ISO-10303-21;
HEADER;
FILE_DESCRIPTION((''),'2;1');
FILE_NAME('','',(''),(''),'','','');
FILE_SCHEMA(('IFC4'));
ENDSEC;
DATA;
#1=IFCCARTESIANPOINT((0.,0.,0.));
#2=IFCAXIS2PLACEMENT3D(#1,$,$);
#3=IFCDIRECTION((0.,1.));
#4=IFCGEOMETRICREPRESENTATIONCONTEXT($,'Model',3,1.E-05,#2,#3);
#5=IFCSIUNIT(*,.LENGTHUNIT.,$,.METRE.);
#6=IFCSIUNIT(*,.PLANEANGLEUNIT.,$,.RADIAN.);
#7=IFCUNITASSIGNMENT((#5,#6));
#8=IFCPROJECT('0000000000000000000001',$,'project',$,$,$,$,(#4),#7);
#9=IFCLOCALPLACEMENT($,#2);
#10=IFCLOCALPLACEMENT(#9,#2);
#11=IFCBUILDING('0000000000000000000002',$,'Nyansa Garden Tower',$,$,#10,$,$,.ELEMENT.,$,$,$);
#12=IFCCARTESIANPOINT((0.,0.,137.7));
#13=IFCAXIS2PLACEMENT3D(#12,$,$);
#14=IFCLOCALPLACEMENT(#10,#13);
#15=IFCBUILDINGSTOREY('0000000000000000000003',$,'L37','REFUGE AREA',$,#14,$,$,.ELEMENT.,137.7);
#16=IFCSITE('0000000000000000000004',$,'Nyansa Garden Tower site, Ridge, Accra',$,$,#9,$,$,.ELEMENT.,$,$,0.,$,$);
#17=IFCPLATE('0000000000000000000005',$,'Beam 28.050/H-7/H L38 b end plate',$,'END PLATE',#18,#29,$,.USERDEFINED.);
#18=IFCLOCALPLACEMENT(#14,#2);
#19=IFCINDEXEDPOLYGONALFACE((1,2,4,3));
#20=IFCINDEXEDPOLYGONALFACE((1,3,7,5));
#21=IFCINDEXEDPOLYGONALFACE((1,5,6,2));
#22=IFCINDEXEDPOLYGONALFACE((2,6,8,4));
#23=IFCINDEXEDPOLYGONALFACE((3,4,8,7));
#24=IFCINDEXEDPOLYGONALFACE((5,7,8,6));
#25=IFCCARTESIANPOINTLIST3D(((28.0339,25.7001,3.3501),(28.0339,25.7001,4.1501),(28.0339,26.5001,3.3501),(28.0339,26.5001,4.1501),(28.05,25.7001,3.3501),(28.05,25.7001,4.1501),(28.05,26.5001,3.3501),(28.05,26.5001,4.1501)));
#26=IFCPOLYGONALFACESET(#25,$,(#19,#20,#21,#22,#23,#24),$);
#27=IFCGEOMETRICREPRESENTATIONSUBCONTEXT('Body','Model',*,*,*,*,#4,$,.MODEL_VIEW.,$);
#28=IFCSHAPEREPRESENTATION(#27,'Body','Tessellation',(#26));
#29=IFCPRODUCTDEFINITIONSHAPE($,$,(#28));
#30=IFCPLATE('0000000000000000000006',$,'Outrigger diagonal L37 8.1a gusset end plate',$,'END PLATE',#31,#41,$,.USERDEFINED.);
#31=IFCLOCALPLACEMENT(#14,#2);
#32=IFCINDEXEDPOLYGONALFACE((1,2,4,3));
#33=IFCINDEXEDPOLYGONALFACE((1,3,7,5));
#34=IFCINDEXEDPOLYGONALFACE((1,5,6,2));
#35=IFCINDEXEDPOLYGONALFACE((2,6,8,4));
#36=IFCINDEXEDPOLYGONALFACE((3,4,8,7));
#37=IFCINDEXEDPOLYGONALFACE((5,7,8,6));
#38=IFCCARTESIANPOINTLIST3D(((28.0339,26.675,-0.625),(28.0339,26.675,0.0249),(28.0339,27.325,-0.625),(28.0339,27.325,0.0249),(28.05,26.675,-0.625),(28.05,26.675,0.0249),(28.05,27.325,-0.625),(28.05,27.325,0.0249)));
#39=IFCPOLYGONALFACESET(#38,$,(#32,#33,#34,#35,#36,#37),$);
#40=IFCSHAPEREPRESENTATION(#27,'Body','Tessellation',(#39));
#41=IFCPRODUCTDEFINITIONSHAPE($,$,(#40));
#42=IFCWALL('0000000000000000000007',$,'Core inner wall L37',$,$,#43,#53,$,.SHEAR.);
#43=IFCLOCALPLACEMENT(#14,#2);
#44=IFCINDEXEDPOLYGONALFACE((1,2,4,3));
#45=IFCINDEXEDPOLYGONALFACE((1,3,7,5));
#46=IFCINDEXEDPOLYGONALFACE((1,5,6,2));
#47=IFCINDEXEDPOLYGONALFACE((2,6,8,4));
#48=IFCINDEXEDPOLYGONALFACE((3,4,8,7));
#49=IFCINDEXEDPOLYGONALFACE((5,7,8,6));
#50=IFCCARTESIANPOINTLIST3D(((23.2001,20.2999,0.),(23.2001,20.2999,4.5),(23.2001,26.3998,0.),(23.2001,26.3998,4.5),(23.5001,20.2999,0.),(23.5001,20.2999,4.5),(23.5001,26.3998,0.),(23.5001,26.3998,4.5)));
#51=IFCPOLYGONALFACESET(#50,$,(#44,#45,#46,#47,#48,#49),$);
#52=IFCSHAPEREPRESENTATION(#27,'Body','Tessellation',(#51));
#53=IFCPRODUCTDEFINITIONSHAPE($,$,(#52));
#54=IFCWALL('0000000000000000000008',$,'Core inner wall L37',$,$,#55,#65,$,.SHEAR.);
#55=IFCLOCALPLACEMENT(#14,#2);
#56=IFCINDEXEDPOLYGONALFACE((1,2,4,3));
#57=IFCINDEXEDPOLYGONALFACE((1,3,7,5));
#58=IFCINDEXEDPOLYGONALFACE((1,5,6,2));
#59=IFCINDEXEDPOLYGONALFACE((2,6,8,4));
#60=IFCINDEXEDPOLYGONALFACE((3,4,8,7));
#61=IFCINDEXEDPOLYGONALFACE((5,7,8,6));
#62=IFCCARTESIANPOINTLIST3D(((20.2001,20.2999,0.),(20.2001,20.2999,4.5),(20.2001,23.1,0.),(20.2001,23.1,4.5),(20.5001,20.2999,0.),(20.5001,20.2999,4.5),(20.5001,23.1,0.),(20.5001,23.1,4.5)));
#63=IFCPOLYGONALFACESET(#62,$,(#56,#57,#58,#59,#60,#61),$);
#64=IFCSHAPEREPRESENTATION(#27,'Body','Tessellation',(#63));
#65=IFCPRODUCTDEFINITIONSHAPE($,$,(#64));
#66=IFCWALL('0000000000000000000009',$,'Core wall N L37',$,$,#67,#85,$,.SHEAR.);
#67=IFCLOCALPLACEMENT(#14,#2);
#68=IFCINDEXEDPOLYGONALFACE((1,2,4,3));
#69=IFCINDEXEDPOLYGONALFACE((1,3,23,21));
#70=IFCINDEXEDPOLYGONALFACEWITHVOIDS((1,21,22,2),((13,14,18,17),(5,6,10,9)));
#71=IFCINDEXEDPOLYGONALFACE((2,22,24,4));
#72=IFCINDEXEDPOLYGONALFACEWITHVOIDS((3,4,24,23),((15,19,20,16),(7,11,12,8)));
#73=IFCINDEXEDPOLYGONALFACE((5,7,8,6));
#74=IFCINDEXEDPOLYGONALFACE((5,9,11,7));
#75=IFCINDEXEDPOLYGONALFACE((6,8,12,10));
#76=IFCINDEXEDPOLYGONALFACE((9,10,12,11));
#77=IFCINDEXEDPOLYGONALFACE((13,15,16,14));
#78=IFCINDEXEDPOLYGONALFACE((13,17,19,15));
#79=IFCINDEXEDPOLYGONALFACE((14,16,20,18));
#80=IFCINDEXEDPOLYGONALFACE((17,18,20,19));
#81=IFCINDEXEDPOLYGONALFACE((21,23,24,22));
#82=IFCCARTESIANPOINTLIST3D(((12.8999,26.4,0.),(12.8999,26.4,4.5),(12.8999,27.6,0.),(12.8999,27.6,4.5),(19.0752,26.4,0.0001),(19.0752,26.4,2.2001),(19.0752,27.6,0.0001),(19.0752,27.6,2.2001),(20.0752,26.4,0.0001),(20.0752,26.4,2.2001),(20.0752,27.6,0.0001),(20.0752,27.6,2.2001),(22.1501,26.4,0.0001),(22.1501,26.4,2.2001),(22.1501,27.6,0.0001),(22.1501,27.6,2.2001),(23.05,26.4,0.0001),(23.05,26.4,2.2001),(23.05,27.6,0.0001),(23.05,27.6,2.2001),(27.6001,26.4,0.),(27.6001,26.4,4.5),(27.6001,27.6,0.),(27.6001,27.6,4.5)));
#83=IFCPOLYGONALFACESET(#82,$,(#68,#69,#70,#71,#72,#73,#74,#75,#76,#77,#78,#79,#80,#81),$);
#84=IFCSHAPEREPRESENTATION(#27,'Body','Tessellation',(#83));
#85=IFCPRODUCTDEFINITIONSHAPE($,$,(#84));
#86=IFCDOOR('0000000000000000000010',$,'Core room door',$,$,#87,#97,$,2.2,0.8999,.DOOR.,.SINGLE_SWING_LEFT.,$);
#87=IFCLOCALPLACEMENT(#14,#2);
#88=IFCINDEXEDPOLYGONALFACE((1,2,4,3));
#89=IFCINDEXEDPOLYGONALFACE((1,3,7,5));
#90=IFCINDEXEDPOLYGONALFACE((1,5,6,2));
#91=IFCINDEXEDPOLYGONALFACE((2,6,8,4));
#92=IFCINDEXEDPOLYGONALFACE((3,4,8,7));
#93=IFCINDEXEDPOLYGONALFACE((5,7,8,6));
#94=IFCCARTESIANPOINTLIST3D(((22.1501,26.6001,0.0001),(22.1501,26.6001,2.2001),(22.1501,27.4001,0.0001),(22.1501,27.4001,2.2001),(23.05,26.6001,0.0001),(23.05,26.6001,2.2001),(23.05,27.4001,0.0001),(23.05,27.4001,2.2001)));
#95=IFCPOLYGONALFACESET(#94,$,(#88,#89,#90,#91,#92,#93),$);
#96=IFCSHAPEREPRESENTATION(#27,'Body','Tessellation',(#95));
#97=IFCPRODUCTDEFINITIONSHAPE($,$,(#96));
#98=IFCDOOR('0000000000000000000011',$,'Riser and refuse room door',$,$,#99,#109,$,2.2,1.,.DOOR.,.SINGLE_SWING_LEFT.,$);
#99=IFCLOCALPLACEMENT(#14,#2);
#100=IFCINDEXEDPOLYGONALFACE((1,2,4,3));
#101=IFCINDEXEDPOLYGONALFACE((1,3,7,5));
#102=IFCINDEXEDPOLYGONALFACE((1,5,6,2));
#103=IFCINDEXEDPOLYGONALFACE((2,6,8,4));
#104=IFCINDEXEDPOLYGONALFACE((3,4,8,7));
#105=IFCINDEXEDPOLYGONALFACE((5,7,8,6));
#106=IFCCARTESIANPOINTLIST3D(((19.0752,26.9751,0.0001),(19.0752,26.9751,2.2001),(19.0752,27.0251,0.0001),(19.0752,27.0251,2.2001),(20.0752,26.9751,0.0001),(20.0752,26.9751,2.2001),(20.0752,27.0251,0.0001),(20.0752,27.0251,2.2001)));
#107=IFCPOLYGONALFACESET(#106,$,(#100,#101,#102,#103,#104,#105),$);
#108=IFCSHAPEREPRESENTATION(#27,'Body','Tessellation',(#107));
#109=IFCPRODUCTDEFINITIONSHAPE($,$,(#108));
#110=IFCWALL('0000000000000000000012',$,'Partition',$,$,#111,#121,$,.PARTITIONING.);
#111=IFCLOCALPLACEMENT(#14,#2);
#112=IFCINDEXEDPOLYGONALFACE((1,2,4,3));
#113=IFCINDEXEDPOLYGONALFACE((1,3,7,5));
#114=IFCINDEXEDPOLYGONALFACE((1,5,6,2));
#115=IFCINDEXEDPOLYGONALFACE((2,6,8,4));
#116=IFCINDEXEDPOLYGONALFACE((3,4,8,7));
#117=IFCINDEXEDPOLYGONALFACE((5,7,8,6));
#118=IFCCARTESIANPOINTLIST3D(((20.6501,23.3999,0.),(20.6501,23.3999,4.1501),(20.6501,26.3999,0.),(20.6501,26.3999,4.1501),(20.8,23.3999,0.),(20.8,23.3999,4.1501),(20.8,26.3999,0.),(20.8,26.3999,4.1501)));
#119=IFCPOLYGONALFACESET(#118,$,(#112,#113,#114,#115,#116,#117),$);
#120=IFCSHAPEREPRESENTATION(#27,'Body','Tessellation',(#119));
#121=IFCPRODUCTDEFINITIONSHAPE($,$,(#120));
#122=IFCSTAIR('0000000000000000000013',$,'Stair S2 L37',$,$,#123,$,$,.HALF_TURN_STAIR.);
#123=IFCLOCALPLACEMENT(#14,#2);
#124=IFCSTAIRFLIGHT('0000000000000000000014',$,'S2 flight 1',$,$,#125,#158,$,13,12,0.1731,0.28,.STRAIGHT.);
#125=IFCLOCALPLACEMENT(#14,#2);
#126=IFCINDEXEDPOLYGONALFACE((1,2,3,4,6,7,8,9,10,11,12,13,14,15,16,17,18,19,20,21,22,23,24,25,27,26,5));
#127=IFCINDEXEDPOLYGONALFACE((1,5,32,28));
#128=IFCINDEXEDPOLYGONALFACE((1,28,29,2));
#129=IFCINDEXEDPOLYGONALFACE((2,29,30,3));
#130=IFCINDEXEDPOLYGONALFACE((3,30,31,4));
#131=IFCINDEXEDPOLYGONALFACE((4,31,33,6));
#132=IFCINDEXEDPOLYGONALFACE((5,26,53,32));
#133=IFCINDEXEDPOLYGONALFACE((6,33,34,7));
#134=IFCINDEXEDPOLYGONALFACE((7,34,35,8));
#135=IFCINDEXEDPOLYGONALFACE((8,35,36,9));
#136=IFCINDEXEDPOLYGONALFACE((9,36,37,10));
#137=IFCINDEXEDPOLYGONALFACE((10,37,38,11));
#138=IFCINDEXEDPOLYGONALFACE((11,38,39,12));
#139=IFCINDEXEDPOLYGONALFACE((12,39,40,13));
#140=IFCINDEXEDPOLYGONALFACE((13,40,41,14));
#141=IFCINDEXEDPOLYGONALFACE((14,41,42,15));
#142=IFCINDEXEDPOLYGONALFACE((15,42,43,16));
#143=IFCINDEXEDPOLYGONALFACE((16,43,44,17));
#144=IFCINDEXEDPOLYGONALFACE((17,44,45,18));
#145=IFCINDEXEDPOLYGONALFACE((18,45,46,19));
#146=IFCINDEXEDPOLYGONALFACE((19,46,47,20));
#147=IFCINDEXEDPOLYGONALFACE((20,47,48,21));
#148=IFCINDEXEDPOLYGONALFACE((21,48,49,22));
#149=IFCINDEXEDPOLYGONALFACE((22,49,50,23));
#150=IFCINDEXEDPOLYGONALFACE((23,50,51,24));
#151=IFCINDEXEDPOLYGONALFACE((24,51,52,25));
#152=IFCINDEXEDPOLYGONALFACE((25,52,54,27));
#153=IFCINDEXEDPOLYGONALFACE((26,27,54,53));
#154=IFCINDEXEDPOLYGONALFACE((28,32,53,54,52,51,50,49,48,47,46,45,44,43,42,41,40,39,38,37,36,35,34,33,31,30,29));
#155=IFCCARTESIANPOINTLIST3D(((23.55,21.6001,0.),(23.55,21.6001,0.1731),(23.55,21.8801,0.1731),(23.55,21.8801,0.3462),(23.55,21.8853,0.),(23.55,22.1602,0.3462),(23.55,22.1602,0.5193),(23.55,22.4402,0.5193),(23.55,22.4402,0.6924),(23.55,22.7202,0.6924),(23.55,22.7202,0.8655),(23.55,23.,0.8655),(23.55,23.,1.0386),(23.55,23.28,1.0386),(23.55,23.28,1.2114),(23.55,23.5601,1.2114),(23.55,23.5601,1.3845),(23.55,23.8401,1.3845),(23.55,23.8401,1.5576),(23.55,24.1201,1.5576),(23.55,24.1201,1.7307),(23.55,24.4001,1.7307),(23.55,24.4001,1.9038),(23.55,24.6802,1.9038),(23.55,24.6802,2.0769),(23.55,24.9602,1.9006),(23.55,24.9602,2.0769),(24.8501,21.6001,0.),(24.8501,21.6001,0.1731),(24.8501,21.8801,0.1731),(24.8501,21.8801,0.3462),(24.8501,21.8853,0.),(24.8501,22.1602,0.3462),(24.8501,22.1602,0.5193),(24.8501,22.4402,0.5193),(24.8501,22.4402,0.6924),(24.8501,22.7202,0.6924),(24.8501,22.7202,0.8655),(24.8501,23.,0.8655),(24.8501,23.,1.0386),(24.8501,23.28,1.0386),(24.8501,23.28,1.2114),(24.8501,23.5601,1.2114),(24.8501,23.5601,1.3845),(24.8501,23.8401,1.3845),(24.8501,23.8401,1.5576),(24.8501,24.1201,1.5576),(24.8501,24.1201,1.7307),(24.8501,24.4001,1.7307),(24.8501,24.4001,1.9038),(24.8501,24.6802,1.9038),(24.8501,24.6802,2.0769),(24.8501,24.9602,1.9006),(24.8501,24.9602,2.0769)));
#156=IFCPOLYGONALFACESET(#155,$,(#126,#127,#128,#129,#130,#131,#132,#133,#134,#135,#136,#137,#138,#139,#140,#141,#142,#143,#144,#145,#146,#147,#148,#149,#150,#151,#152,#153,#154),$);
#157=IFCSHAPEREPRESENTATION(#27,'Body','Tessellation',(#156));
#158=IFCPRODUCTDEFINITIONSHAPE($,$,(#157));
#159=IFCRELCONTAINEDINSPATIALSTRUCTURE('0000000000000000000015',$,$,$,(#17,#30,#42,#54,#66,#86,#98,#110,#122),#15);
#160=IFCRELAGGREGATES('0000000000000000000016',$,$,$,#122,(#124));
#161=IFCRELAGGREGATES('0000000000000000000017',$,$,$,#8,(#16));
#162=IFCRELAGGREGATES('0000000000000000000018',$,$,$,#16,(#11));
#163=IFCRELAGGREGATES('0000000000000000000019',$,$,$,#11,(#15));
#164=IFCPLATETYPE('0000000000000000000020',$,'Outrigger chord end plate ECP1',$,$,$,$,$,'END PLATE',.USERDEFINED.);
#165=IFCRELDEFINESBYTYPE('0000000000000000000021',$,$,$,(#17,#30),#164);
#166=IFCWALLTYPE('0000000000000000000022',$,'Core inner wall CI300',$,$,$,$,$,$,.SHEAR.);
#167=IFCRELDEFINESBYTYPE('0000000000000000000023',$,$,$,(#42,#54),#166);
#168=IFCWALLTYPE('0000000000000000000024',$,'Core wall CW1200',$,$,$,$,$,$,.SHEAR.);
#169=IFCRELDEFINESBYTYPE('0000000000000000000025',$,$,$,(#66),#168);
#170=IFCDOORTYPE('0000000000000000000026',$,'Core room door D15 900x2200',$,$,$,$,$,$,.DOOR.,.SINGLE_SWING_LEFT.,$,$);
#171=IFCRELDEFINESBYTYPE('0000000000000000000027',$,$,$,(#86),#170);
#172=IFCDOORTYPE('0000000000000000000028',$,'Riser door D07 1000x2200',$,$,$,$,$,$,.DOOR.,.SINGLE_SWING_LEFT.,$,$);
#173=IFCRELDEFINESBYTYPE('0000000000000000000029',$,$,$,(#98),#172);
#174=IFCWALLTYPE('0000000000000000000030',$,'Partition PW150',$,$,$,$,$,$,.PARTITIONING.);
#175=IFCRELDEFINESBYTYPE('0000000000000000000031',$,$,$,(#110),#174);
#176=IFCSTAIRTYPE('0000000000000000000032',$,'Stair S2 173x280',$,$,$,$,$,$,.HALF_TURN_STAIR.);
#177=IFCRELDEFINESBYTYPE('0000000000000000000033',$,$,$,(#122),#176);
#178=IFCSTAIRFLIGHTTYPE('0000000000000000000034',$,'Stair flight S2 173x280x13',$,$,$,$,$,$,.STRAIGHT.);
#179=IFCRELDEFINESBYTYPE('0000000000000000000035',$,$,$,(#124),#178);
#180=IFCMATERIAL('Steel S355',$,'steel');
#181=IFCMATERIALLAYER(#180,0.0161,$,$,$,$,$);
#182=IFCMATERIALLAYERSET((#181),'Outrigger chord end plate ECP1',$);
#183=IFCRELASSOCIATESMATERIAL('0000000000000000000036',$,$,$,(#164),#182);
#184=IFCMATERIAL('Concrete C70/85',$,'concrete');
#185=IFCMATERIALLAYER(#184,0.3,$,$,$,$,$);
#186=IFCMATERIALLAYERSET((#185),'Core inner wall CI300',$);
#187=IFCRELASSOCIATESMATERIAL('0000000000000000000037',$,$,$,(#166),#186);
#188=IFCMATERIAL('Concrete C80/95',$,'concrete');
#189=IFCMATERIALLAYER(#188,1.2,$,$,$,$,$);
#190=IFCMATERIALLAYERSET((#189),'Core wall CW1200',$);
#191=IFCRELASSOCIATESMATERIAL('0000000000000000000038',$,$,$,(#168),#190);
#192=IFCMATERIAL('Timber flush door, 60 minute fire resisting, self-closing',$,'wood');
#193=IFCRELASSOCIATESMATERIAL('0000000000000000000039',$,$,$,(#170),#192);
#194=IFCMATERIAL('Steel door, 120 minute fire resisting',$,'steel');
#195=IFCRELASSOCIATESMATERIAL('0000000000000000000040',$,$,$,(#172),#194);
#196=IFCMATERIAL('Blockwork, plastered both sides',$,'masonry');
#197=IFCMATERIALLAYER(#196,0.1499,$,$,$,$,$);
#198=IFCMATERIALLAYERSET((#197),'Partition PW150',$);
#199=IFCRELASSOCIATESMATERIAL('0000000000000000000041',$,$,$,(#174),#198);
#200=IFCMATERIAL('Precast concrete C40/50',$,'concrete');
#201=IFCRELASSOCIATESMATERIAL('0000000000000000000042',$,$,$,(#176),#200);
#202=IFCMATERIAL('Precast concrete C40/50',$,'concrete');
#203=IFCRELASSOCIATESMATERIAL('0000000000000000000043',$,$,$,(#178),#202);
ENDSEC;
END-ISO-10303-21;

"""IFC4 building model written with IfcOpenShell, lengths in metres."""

from ifc_helpers import new_model, si_unit, direction, frame, frame_2d, origin, origin_2d, place, context, subcontext, project, spatial, polyline, rectangle, outline, extrude, material, layer, layer_set, type_object, element, fill, aggregate, save


model = new_model("IFC4")

# Units and contexts
model_context = context("Model", 3, precision=1e-05, world=origin(), true_north=direction((0.0, 1.0)))
body_context = subcontext(model_context, "Body", "Model", "MODEL_VIEW")
ifc_project = project(units=[si_unit("LENGTHUNIT", "METRE"), si_unit("PLANEANGLEUNIT", "RADIAN")], contexts=[model_context])

# Site, building, storey
site_placement = place(None, origin())
site = spatial("IfcSite", under=ifc_project, at=site_placement, Name="Nyansa Garden Tower site, Ridge, Accra", CompositionType="ELEMENT", RefElevation=0.0)
building_placement = place(site_placement, origin())
building = spatial("IfcBuilding", under=site, at=building_placement, Name="Nyansa Garden Tower", CompositionType="ELEMENT")
storey_placement = place(building_placement, frame((0.0, 0.0, 137.7)))
storey = spatial("IfcBuildingStorey", under=building, at=storey_placement, Name="L37", Description="REFUGE AREA", CompositionType="ELEMENT", Elevation=137.7)

# Plates
ifc_material_1 = material(Name="Steel S355", Category="steel")
ifc_layer_1 = layer(ifc_material_1, 0.0161)
ifc_layer_set_1 = layer_set([ifc_layer_1], Name="Outrigger chord end plate ECP1")
plate_type = type_object("IfcPlateType", Name="Outrigger chord end plate ECP1", ElementType="END PLATE", PredefinedType="USERDEFINED", material=ifc_layer_set_1)
plate_1_placement = place(storey_placement, frame((28.042, 26.1001, 3.3501), z_axis=(0.0, 0.0, 1.0), x_axis=(1.0, 0.0, 0.0)))
element("IfcPlate", 1, at=plate_1_placement, inside=storey, type_object=plate_type, Name="Beam 28.050/H-7/H L38 b end plate", ObjectType="END PLATE", PredefinedType="USERDEFINED", context=body_context, shape_type="SweptSolid", body=[
    extrude(rectangle(XDim=0.0161, YDim=0.8, at=origin_2d()), origin(), (0.0, 0.0, 1.0), 0.8),
])
plate_2_placement = place(storey_placement, frame((28.042, 27.0, -0.625), z_axis=(0.0, 0.0, 1.0), x_axis=(1.0, 0.0, 0.0)))
element("IfcPlate", 2, at=plate_2_placement, inside=storey, type_object=plate_type, Name="Outrigger diagonal L37 8.1a gusset end plate", ObjectType="END PLATE", PredefinedType="USERDEFINED", context=body_context, shape_type="SweptSolid", body=[
    extrude(rectangle(XDim=0.0161, YDim=0.6499, at=origin_2d()), origin(), (0.0, 0.0, 1.0), 0.6499),
])

# Walls
ifc_material_2 = material(Name="Concrete C70/85", Category="concrete")
ifc_layer_2 = layer(ifc_material_2, 0.3)
ifc_layer_set_2 = layer_set([ifc_layer_2], Name="Core inner wall CI300")
wall_type_1 = type_object("IfcWallType", Name="Core inner wall CI300", PredefinedType="SHEAR", material=ifc_layer_set_2)
wall_1_placement = place(storey_placement, frame((23.3501, 20.3, 0.0), z_axis=(0.0, 0.0, 1.0), x_axis=(0.0, 1.0, 0.0)))
element("IfcWall", 3, at=wall_1_placement, inside=storey, type_object=wall_type_1, Name="Core inner wall L37", PredefinedType="SHEAR", context=body_context, shape_type="SweptSolid", body=[
    extrude(rectangle(XDim=6.0999, YDim=0.3, at=frame_2d((3.0498, 0.0))), origin(), (0.0, 0.0, 1.0), 4.5),
])
wall_2_placement = place(storey_placement, frame((20.3501, 20.3, 0.0), z_axis=(0.0, 0.0, 1.0), x_axis=(0.0, 1.0, 0.0)))
element("IfcWall", 4, at=wall_2_placement, inside=storey, type_object=wall_type_1, Name="Core inner wall L37", PredefinedType="SHEAR", context=body_context, shape_type="SweptSolid", body=[
    extrude(rectangle(XDim=2.8, YDim=0.3, at=frame_2d((1.3999, 0.0))), origin(), (0.0, 0.0, 1.0), 4.5),
])

# Wall, openings, doors
ifc_material_3 = material(Name="Concrete C80/95", Category="concrete")
ifc_layer_3 = layer(ifc_material_3, 1.2)
ifc_layer_set_3 = layer_set([ifc_layer_3], Name="Core wall CW1200")
wall_type_2 = type_object("IfcWallType", Name="Core wall CW1200", PredefinedType="SHEAR", material=ifc_layer_set_3)
wall_3_placement = place(storey_placement, frame((27.6001, 27.0, 0.0), z_axis=(0.0, 0.0, 1.0), x_axis=(-1.0, 0.0, 0.0)))
wall_3 = element("IfcWall", 5, at=wall_3_placement, inside=storey, type_object=wall_type_2, Name="Core wall N L37", PredefinedType="SHEAR", context=body_context, shape_type="SweptSolid", body=[
    extrude(rectangle(XDim=14.7002, YDim=1.2, at=frame_2d((7.3501, 0.0))), origin(), (0.0, 0.0, 1.0), 4.5),
])
opening_1_placement = place(wall_3_placement, frame((4.55, 0.0, 0.0)))
opening_1 = element("IfcOpeningElement", 6, at=opening_1_placement, cuts=wall_3, PredefinedType="OPENING", context=body_context, shape_type="SweptSolid", body=[
    extrude(rectangle(XDim=0.8999, YDim=2.2, at=frame_2d((0.45, 1.1001))), frame((0.0, 0.6099, 0.0), z_axis=(0.0, -1.0, 0.0), x_axis=(1.0, 0.0, 0.0)), (0.0, 0.0, 1.0), 1.22),
])
opening_2_placement = place(wall_3_placement, frame((7.5249, 0.0, 0.0)))
opening_2 = element("IfcOpeningElement", 7, at=opening_2_placement, cuts=wall_3, PredefinedType="OPENING", context=body_context, shape_type="SweptSolid", body=[
    extrude(rectangle(XDim=1.0, YDim=2.2, at=frame_2d((0.5, 1.1001))), frame((0.0, 0.6099, 0.0), z_axis=(0.0, -1.0, 0.0), x_axis=(1.0, 0.0, 0.0)), (0.0, 0.0, 1.0), 1.22),
])
ifc_material_4 = material(Name="Timber flush door, 60 minute fire resisting, self-closing", Category="wood")
door_type_1 = type_object("IfcDoorType", Name="Core room door D15 900x2200", OperationType="SINGLE_SWING_LEFT", PredefinedType="DOOR", material=ifc_material_4)
door_1_placement = place(opening_1_placement, origin())
door_1 = element("IfcDoor", 8, at=door_1_placement, inside=storey, type_object=door_type_1, Name="Core room door", OperationType="SINGLE_SWING_LEFT", OverallHeight=2.2, OverallWidth=0.8999, PredefinedType="DOOR", context=body_context, shape_type="SweptSolid", body=[
    extrude(rectangle(XDim=0.8999, YDim=2.2, at=frame_2d((0.45, 1.1001))), frame((0.0, 0.3999, 0.0), z_axis=(0.0, -1.0, 0.0), x_axis=(1.0, 0.0, 0.0)), (0.0, 0.0, 1.0), 0.8),
])
fill(opening_1, door_1)
ifc_material_5 = material(Name="Steel door, 120 minute fire resisting", Category="steel")
door_type_2 = type_object("IfcDoorType", Name="Riser door D07 1000x2200", OperationType="SINGLE_SWING_LEFT", PredefinedType="DOOR", material=ifc_material_5)
door_2_placement = place(opening_2_placement, origin())
door_2 = element("IfcDoor", 9, at=door_2_placement, inside=storey, type_object=door_type_2, Name="Riser and refuse room door", OperationType="SINGLE_SWING_LEFT", OverallHeight=2.2, OverallWidth=1.0, PredefinedType="DOOR", context=body_context, shape_type="SweptSolid", body=[
    extrude(rectangle(XDim=1.0, YDim=2.2, at=frame_2d((0.5, 1.1001))), frame((0.0, 0.0249, 0.0), z_axis=(0.0, -1.0, 0.0), x_axis=(1.0, 0.0, 0.0)), (0.0, 0.0, 1.0), 0.05),
])
fill(opening_2, door_2)

# Wall
ifc_material_6 = material(Name="Blockwork, plastered both sides", Category="masonry")
ifc_layer_4 = layer(ifc_material_6, 0.1499)
ifc_layer_set_4 = layer_set([ifc_layer_4], Name="Partition PW150")
wall_type_3 = type_object("IfcWallType", Name="Partition PW150", PredefinedType="PARTITIONING", material=ifc_layer_set_4)
wall_4_placement = place(storey_placement, frame((20.7251, 23.3999, 0.0), z_axis=(0.0, 0.0, 1.0), x_axis=(0.0, 1.0, 0.0)))
element("IfcWall", 10, at=wall_4_placement, inside=storey, type_object=wall_type_3, Name="Partition", PredefinedType="PARTITIONING", context=body_context, shape_type="SweptSolid", body=[
    extrude(rectangle(XDim=3.0, YDim=0.1499, at=frame_2d((1.5, 0.0))), origin(), (0.0, 0.0, 1.0), 4.1501),
])

# Stair, stair flight
ifc_material_7 = material(Name="Precast concrete C40/50", Category="concrete")
stair_type = type_object("IfcStairType", Name="Stair S2 173x280", PredefinedType="HALF_TURN_STAIR", material=ifc_material_7)
stair_placement = place(storey_placement, origin())
stair = element("IfcStair", 11, at=stair_placement, inside=storey, type_object=stair_type, Name="Stair S2 L37", PredefinedType="HALF_TURN_STAIR")
ifc_material_8 = material(Name="Precast concrete C40/50", Category="concrete")
stair_flight_type = type_object("IfcStairFlightType", Name="Stair flight S2 173x280x13", PredefinedType="STRAIGHT", material=ifc_material_8)
stair_flight_1_placement = place(storey_placement, frame((24.2, 21.6001, 0.0), z_axis=(0.0, 0.0, 1.0), x_axis=(0.0, 1.0, 0.0)))
stair_flight_1 = element("IfcStairFlight", 12, at=stair_flight_1_placement, type_object=stair_flight_type, Name="S2 flight 1", NumberOfRisers=13, NumberOfTreads=12, PredefinedType="STRAIGHT", RiserHeight=0.1731, TreadLength=0.28, context=body_context, shape_type="SweptSolid", body=[
    extrude(outline(polyline([(0.0, 0.0), (0.0, 0.1731), (0.28, 0.1731), (0.28, 0.3462), (0.5601, 0.3462), (0.5601, 0.5193), (0.8401, 0.5193), (0.8401, 0.6924), (1.1201, 0.6924), (1.1201, 0.8655), (1.3999, 0.8655), (1.3999, 1.0386), (1.6799, 1.0386), (1.6799, 1.2114), (1.96, 1.2114), (1.96, 1.3845), (2.24, 1.3845), (2.24, 1.5576), (2.52, 1.5576), (2.52, 1.7307), (2.8, 1.7307), (2.8, 1.9038), (3.0801, 1.9038), (3.0801, 2.0769), (3.3601, 2.0769), (3.3601, 2.25), (3.3601, 1.9006), (0.2852, 0.0), (0.0, 0.0)])), frame((0.0, 0.6499, 0.0), z_axis=(0.0, -1.0, 0.0), x_axis=(1.0, 0.0, 0.0)), (0.0, 0.0, 1.0), 1.3),
])
aggregate(stair, [stair_flight_1])

save(model, "model.ifc")
